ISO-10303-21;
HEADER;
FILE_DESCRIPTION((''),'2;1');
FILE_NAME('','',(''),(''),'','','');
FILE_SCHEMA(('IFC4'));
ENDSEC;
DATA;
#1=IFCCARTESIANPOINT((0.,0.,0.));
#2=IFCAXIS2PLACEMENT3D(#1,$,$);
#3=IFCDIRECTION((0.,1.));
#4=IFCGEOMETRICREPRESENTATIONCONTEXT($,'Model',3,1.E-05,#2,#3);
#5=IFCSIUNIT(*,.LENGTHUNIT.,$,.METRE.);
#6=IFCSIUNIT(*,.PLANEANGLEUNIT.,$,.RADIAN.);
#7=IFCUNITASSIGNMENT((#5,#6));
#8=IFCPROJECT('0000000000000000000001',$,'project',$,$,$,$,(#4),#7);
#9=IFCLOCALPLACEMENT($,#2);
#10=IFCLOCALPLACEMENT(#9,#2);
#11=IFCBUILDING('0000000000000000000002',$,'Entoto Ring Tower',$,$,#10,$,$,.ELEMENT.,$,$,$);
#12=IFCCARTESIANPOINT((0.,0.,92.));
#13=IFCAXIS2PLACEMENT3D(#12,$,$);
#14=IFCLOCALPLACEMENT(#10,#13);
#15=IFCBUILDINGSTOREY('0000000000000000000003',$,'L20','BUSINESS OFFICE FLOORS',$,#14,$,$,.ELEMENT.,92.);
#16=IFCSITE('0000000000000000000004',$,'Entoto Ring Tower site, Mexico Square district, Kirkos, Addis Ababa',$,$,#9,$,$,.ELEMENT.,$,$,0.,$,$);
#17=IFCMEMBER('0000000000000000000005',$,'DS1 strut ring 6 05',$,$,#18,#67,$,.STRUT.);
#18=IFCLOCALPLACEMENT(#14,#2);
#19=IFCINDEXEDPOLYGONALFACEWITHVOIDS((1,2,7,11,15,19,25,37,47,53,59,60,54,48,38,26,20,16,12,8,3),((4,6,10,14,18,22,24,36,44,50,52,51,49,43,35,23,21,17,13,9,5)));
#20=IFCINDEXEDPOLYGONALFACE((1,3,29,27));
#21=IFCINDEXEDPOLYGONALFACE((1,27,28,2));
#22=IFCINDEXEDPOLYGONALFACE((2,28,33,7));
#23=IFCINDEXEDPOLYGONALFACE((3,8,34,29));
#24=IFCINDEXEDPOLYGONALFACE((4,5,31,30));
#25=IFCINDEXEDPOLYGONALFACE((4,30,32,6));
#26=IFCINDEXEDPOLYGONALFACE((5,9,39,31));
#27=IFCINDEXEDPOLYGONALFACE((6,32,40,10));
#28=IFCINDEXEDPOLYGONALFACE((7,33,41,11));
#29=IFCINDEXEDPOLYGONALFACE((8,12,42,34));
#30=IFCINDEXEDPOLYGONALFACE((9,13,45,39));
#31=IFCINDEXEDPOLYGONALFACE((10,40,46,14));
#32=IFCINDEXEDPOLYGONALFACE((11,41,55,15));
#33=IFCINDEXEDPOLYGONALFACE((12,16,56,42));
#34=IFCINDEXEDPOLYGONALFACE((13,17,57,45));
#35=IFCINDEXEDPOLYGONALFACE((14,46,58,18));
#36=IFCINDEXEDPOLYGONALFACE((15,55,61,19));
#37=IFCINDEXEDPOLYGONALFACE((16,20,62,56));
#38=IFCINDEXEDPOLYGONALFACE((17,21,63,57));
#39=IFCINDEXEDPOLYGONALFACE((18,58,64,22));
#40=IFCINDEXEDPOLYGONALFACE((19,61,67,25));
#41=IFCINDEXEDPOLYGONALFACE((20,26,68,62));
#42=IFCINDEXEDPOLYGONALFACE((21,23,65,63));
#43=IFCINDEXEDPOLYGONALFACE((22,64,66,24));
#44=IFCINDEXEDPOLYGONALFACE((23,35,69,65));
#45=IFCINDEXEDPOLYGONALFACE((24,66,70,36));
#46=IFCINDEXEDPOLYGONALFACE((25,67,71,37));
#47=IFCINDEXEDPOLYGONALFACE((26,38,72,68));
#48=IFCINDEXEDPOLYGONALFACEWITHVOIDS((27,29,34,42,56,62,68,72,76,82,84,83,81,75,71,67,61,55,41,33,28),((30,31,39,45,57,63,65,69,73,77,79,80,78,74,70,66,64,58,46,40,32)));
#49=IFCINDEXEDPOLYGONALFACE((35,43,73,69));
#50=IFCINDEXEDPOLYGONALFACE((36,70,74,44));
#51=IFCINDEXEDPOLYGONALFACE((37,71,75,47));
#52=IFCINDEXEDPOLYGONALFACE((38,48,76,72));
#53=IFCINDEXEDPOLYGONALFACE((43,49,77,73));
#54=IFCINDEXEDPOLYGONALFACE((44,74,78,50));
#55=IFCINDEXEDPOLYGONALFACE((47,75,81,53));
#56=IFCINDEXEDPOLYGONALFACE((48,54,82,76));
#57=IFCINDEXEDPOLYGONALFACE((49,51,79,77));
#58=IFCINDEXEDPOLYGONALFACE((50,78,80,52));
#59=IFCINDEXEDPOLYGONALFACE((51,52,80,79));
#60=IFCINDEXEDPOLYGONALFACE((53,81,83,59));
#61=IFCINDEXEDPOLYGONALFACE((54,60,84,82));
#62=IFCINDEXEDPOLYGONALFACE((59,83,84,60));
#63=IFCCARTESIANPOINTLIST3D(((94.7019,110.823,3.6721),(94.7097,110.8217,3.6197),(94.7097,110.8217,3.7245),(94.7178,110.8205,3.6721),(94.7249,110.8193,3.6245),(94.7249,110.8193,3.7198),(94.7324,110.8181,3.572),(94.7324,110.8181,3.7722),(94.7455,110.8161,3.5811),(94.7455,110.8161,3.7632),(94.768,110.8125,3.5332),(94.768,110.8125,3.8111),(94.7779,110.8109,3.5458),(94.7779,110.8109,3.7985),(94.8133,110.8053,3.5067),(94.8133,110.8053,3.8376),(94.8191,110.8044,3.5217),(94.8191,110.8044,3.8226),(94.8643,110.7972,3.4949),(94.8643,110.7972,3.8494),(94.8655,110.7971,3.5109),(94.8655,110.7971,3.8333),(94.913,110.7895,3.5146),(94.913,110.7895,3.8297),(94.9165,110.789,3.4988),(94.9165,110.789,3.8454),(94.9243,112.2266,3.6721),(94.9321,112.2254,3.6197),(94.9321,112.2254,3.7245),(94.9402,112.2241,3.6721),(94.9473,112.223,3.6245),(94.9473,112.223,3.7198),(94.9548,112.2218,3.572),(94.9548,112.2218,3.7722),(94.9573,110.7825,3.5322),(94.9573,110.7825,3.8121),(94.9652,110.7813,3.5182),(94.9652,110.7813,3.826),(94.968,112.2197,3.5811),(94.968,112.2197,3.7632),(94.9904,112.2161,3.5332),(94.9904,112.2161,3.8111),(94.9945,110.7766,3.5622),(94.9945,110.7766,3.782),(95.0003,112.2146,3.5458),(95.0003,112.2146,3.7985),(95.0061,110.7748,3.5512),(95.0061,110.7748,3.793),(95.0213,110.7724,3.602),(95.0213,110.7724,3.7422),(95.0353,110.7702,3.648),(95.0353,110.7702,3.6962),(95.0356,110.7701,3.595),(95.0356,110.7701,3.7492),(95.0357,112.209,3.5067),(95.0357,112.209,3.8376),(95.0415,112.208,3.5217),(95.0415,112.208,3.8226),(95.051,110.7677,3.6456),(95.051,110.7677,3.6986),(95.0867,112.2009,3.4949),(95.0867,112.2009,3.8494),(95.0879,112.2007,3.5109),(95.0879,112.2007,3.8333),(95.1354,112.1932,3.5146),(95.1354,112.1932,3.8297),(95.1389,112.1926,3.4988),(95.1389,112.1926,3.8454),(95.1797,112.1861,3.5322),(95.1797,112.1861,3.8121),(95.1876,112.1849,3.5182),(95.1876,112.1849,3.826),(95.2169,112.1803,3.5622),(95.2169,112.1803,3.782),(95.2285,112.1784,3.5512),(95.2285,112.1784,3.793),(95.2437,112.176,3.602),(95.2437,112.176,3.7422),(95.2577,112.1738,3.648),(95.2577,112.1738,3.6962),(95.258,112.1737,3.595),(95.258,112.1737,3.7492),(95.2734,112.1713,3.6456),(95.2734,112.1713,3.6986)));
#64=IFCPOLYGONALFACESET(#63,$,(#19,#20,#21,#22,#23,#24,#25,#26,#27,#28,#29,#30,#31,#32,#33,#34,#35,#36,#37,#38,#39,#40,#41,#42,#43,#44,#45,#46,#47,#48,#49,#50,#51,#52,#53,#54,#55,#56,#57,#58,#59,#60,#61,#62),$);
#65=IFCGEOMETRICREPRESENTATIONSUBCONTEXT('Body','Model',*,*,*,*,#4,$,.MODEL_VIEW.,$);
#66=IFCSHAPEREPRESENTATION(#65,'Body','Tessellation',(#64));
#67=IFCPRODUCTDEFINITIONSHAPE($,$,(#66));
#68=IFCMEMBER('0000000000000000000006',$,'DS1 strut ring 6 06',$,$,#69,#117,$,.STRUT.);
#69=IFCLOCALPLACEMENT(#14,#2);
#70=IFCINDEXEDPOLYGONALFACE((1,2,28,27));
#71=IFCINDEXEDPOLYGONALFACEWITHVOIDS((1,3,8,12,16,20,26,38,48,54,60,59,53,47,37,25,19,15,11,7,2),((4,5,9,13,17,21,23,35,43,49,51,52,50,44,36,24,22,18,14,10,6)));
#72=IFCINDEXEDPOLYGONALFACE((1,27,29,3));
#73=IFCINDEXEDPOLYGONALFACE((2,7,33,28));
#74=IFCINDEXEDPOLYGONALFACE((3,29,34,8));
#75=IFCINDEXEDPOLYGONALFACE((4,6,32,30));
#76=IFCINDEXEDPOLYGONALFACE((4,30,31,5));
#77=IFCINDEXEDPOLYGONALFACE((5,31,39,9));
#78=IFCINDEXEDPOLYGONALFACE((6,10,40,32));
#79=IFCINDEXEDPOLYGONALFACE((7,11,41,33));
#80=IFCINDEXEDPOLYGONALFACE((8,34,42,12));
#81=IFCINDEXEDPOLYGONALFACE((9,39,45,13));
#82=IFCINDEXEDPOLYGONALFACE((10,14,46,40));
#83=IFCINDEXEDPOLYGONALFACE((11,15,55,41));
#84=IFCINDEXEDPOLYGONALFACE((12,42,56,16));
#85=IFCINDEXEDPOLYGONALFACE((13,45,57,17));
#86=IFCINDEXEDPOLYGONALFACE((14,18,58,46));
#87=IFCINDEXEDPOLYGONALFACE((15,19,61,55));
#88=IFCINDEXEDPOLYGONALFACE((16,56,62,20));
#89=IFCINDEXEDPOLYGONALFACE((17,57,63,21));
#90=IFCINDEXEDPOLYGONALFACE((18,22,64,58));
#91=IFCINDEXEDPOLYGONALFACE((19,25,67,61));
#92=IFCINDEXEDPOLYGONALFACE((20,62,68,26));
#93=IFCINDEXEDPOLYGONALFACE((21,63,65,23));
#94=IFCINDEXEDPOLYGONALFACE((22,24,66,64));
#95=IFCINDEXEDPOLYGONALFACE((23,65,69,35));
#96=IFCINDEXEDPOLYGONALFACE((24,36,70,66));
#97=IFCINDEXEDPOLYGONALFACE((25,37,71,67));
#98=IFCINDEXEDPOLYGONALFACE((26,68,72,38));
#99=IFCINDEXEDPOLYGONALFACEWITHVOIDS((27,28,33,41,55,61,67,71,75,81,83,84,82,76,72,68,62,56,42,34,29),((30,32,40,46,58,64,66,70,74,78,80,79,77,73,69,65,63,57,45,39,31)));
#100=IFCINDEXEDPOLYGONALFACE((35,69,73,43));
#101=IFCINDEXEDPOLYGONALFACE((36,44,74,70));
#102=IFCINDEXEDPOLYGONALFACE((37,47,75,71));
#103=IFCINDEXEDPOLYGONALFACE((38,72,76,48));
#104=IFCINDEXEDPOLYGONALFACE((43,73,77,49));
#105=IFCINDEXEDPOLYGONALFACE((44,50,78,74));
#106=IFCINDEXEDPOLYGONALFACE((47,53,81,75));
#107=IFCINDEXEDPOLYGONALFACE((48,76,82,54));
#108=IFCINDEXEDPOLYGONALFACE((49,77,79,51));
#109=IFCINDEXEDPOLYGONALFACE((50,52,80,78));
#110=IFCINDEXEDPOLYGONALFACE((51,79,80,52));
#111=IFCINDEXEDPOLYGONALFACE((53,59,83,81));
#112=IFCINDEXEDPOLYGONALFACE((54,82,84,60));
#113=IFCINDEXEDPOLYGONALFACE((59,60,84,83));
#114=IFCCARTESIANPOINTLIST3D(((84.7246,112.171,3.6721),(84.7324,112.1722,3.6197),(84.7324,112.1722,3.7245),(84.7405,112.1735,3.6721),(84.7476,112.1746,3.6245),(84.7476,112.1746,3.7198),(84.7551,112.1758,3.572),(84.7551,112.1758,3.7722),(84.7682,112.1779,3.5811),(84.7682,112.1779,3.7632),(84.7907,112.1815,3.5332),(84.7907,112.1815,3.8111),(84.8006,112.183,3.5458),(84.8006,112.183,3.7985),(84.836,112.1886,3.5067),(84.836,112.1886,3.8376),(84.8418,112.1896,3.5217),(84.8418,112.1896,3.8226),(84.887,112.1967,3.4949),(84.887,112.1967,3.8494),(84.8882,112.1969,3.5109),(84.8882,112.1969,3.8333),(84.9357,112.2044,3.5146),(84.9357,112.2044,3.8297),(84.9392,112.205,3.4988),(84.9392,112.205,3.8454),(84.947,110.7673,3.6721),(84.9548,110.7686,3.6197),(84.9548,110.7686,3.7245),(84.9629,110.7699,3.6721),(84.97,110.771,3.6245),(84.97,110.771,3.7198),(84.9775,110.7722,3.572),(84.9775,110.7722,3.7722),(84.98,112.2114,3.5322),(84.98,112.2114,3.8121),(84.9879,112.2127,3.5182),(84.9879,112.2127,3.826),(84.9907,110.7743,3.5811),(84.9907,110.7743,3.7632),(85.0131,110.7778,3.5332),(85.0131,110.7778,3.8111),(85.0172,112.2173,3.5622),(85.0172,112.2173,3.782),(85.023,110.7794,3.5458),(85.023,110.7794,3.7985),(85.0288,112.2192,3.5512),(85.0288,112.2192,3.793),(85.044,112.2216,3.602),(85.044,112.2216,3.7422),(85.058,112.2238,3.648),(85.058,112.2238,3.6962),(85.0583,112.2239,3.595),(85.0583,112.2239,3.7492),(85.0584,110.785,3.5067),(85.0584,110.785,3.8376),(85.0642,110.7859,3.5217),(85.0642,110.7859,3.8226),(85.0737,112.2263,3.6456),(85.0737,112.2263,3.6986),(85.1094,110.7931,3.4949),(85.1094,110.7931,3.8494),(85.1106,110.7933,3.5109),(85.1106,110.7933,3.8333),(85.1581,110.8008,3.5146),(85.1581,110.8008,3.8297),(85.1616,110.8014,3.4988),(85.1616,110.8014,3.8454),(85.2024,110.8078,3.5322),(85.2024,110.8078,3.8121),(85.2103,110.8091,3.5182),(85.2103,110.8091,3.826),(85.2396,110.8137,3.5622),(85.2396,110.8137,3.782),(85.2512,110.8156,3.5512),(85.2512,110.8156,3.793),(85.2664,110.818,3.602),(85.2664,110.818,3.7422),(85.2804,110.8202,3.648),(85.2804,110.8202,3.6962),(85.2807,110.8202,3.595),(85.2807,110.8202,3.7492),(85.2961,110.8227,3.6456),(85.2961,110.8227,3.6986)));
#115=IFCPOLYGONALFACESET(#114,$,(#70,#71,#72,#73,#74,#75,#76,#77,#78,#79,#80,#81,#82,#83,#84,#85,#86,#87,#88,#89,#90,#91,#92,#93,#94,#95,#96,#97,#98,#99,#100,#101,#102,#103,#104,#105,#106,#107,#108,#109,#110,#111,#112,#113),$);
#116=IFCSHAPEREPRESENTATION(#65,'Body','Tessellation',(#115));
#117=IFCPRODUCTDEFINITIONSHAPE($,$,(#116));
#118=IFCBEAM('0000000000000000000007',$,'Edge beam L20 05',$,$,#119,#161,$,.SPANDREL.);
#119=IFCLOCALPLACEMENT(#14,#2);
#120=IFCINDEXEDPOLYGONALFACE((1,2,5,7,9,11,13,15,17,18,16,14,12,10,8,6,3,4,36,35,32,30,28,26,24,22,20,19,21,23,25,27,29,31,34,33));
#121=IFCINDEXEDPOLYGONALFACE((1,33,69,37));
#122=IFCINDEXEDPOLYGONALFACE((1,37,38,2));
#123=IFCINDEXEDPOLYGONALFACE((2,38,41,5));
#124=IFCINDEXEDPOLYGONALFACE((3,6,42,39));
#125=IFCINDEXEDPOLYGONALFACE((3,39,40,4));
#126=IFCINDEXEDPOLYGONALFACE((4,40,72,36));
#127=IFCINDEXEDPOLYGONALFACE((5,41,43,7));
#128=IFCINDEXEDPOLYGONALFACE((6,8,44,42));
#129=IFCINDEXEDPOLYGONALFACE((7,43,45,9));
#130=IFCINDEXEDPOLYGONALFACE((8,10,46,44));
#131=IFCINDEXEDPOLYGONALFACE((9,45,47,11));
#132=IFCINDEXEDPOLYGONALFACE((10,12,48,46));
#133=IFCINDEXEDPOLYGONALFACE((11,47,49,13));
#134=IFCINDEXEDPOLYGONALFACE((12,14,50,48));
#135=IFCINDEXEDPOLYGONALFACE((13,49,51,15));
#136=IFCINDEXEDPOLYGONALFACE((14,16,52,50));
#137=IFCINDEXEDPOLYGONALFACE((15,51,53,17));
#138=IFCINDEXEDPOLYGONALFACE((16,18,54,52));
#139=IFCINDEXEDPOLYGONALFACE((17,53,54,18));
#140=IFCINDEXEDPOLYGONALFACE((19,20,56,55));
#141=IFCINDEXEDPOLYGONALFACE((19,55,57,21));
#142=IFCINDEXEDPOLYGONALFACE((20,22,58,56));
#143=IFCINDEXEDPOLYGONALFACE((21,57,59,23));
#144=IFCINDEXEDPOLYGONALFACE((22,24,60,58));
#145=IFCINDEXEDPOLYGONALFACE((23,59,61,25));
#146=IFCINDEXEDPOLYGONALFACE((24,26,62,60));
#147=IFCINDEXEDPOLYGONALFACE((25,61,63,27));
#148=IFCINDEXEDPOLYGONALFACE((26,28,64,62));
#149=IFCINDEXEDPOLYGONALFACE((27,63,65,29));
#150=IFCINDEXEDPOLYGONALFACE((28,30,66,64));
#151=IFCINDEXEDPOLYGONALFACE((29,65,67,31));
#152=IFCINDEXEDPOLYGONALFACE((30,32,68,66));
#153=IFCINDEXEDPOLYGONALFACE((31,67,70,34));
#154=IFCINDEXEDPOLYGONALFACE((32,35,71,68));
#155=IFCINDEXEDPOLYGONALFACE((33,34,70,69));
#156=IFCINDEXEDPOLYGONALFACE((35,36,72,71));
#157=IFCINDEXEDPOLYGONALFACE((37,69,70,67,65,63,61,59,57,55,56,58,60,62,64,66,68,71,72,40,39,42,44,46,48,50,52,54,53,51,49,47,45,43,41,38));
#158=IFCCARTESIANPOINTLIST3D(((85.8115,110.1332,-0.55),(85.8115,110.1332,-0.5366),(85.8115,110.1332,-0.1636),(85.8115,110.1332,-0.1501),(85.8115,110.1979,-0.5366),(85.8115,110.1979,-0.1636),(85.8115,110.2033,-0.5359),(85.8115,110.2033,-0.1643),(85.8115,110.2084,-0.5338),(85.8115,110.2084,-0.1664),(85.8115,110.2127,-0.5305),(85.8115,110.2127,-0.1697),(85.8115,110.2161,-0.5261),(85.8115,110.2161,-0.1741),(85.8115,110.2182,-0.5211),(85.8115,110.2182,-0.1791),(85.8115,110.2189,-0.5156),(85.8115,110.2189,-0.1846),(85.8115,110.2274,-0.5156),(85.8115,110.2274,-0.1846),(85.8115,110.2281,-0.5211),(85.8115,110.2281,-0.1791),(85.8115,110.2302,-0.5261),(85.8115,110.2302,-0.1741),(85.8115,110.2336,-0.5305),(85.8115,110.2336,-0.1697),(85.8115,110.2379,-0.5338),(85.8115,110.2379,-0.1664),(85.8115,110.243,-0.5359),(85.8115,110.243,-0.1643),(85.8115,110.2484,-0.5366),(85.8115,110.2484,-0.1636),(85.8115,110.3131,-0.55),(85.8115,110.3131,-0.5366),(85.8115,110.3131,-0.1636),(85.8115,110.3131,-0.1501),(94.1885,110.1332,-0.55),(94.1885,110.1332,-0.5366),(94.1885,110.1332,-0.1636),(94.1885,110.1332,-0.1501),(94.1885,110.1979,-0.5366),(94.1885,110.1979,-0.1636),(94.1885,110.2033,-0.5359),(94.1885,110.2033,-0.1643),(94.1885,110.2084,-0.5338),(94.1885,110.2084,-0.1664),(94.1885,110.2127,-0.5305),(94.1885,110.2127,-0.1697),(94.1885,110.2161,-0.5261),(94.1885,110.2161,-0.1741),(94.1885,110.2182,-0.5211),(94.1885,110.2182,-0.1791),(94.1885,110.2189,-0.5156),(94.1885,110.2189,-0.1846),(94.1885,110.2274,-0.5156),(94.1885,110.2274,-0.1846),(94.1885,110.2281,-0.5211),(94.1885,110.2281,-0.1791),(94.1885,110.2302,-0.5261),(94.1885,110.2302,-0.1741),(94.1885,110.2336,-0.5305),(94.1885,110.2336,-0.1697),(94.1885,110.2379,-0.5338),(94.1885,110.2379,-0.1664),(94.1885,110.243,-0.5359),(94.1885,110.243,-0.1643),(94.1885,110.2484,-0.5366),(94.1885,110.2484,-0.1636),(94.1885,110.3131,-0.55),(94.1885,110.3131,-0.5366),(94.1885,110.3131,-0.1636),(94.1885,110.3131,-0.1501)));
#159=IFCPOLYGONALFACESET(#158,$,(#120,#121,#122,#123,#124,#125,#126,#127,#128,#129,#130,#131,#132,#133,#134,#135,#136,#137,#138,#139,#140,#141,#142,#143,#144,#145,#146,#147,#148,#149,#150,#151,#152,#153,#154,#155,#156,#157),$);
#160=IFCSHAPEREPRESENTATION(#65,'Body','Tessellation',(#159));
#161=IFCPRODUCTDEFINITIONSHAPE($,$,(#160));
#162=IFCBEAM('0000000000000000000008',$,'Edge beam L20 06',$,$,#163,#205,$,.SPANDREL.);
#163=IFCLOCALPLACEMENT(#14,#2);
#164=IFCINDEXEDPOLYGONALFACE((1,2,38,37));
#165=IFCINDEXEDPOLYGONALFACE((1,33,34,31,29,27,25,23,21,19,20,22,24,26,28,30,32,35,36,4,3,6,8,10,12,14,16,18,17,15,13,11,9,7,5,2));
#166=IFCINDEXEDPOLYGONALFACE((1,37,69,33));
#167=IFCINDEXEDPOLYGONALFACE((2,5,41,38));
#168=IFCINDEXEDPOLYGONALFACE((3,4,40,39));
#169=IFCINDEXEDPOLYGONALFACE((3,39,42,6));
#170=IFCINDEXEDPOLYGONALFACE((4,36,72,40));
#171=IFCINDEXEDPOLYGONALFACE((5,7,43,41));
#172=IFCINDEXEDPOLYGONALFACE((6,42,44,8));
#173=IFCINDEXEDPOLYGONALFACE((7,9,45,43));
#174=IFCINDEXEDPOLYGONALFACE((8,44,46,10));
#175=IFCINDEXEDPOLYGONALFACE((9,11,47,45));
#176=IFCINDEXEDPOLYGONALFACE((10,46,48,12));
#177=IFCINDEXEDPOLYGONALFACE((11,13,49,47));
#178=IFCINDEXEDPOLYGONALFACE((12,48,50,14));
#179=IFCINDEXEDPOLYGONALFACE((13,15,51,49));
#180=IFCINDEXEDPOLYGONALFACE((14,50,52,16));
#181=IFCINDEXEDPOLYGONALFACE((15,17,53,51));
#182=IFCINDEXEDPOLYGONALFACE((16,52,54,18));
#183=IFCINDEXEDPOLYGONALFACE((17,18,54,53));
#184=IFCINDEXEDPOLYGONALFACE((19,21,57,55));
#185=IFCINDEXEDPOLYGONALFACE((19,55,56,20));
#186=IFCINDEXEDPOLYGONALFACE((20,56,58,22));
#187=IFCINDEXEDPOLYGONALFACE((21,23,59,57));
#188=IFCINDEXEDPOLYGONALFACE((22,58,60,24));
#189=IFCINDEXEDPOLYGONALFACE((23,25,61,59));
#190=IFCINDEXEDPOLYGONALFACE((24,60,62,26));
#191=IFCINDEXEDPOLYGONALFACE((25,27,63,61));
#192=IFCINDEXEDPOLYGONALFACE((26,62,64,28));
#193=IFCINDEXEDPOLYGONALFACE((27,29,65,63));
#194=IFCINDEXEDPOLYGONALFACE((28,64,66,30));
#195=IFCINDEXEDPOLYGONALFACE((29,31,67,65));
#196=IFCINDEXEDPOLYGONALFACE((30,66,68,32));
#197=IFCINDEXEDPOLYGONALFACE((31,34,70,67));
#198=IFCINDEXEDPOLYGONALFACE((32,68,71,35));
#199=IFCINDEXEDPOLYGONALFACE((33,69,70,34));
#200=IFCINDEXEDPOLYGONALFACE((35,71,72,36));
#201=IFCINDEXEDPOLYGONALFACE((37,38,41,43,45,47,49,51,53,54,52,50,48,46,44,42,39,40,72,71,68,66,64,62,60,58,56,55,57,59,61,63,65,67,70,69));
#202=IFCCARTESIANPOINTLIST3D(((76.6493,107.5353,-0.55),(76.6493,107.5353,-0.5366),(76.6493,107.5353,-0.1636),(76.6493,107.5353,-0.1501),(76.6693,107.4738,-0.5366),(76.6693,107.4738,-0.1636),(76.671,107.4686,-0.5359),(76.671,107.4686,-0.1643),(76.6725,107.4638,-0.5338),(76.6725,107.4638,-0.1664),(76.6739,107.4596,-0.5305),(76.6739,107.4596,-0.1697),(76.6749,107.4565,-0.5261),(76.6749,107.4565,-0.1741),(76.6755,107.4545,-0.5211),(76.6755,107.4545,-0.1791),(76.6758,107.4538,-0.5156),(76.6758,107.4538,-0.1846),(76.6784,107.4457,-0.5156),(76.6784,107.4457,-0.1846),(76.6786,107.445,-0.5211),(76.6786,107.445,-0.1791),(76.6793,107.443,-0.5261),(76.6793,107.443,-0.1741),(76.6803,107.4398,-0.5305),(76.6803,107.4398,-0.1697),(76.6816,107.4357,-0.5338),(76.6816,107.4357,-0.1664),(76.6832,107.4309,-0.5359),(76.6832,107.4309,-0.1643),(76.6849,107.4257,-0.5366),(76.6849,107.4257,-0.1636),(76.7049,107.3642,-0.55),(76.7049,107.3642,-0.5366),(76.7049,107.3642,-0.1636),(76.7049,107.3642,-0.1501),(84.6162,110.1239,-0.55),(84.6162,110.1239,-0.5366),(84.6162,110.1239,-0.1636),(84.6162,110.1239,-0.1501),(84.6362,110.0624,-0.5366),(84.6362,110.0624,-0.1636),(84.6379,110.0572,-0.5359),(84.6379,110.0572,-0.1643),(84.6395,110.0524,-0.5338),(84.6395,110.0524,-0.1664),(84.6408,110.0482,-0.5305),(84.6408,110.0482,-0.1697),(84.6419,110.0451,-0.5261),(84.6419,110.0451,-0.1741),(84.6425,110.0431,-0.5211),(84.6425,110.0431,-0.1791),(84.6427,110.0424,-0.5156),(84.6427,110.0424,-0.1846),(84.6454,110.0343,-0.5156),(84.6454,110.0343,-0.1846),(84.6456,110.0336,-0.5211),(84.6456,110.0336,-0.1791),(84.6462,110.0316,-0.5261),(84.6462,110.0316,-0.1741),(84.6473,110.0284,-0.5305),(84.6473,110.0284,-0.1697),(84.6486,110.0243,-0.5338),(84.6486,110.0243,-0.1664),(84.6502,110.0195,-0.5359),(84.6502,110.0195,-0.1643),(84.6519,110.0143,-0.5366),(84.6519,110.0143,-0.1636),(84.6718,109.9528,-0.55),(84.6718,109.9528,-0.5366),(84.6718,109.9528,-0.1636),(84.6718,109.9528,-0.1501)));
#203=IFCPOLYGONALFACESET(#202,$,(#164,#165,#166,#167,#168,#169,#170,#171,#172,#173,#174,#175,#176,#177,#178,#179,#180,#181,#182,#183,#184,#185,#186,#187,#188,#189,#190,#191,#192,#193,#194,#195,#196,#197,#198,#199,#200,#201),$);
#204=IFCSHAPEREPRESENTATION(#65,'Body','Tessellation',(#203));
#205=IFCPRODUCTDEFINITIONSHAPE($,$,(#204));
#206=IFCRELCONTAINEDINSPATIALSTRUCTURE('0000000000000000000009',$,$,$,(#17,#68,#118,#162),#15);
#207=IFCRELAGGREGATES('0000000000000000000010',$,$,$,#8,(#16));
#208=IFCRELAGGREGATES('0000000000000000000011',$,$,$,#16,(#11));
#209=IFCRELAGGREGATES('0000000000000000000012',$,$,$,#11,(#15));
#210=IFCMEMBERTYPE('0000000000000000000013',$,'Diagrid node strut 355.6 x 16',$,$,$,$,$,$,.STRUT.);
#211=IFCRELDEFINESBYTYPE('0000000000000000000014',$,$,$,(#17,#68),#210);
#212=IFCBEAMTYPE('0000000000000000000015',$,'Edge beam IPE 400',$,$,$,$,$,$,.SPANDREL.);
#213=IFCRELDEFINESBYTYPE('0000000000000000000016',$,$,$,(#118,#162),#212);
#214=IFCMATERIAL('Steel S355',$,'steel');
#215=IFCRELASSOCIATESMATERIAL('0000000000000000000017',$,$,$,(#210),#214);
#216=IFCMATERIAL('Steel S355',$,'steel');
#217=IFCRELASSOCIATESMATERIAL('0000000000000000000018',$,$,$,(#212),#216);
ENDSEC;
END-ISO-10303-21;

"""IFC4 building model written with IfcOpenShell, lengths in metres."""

from ifc_helpers import new_model, si_unit, direction, frame, origin, origin_2d, place, context, subcontext, project, spatial, circle, hollow_circle, i_section, extrude, material, material_profile, profile_set, type_object, element, save


model = new_model("IFC4")

# Units and contexts
model_context = context("Model", 3, precision=1e-05, world=origin(), true_north=direction((0.0, 1.0)))
body_context = subcontext(model_context, "Body", "Model", "MODEL_VIEW")
ifc_project = project(units=[si_unit("LENGTHUNIT", "METRE"), si_unit("PLANEANGLEUNIT", "RADIAN")], contexts=[model_context])

# Site, building, storey
site_placement = place(None, origin())
site = spatial("IfcSite", under=ifc_project, at=site_placement, Name="Entoto Ring Tower site, Mexico Square district, Kirkos, Addis Ababa", CompositionType="ELEMENT", RefElevation=0.0)
building_placement = place(site_placement, origin())
building = spatial("IfcBuilding", under=site, at=building_placement, Name="Entoto Ring Tower", CompositionType="ELEMENT")
storey_placement = place(building_placement, frame((0.0, 0.0, 92.0)))
storey = spatial("IfcBuildingStorey", under=building, at=storey_placement, Name="L20", Description="BUSINESS OFFICE FLOORS", CompositionType="ELEMENT", Elevation=92.0)

# Members
ifc_material_1 = material(Name="Steel S355", Category="steel")
ifc_material_profile_1 = material_profile(ifc_material_1, hollow_circle(Radius=0.1777, WallThickness=0.0161, at=origin_2d()), Name="CHS 355.6 x 16")
ifc_material_2 = material(Name="Concrete C60/75", Category="concrete")
ifc_material_profile_2 = material_profile(ifc_material_2, circle(Radius=0.1619, at=origin_2d()), Name="Concrete C60/75 infill")
ifc_profile_set_1 = profile_set([ifc_material_profile_1, ifc_material_profile_2], Name="Steel S355")
member_type = type_object("IfcMemberType", Name="Diagrid node strut 355.6 x 16", PredefinedType="STRUT", material=ifc_profile_set_1)
for number, where, z_axis, x_axis, name in (
    (1, (94.8774, 110.7952, 3.6721), (0.15651, 0.987676, 0.0), (-0.987676, 0.15651, 0.0), "DS1 strut ring 6 05"),
    (2, (85.1226, 110.7952, 3.6721), (-0.15651, 0.987676, 0.0), (-0.987676, -0.15651, 0.0), "DS1 strut ring 6 06"),
):
    element("IfcMember", number, at=place(storey_placement, frame(where, z_axis=z_axis, x_axis=x_axis)), inside=storey, type_object=member_type, Name=name, PredefinedType="STRUT", context=body_context, shape_type="SweptSolid", body=[
        extrude(hollow_circle(Radius=0.1777, WallThickness=0.0161, at=origin_2d()), origin(), (0.0, 0.0, 1.0), 1.4211),
    ])

# Beams
ifc_material_3 = material(Name="Steel S355", Category="steel")
ifc_material_profile_3 = material_profile(ifc_material_3, i_section(OverallWidth=0.1799, OverallDepth=0.3999, WebThickness=0.0085, FlangeThickness=0.0134, FilletRadius=0.021, at=origin_2d()), Name="IPE 400")
ifc_profile_set_2 = profile_set([ifc_material_profile_3], Name="Steel S355")
beam_type_1 = type_object("IfcBeamType", Name="Edge beam IPE 400", PredefinedType="SPANDREL", material=ifc_profile_set_2)
for number, where, z_axis, x_axis, name in (
    (3, (94.1885, 110.2231, -0.3501), (-1.0, 0.0, 0.0), (0.0, -1.0, 0.0), "Edge beam L20 05"),
    (4, (84.644, 110.0383, -0.3501), (-0.951057, -0.309014, 0.0), (0.309014, -0.951057, 0.0), "Edge beam L20 06"),
):
    element("IfcBeam", number, at=place(storey_placement, frame(where, z_axis=z_axis, x_axis=x_axis)), inside=storey, type_object=beam_type_1, Name=name, PredefinedType="SPANDREL", context=body_context, shape_type="SweptSolid", body=[
        extrude(i_section(OverallWidth=0.1799, OverallDepth=0.3999, WebThickness=0.0085, FlangeThickness=0.0134, FilletRadius=0.021, at=origin_2d()), origin(), (0.0, 0.0, 1.0), 8.377),
    ])

save(model, "model.ifc")
